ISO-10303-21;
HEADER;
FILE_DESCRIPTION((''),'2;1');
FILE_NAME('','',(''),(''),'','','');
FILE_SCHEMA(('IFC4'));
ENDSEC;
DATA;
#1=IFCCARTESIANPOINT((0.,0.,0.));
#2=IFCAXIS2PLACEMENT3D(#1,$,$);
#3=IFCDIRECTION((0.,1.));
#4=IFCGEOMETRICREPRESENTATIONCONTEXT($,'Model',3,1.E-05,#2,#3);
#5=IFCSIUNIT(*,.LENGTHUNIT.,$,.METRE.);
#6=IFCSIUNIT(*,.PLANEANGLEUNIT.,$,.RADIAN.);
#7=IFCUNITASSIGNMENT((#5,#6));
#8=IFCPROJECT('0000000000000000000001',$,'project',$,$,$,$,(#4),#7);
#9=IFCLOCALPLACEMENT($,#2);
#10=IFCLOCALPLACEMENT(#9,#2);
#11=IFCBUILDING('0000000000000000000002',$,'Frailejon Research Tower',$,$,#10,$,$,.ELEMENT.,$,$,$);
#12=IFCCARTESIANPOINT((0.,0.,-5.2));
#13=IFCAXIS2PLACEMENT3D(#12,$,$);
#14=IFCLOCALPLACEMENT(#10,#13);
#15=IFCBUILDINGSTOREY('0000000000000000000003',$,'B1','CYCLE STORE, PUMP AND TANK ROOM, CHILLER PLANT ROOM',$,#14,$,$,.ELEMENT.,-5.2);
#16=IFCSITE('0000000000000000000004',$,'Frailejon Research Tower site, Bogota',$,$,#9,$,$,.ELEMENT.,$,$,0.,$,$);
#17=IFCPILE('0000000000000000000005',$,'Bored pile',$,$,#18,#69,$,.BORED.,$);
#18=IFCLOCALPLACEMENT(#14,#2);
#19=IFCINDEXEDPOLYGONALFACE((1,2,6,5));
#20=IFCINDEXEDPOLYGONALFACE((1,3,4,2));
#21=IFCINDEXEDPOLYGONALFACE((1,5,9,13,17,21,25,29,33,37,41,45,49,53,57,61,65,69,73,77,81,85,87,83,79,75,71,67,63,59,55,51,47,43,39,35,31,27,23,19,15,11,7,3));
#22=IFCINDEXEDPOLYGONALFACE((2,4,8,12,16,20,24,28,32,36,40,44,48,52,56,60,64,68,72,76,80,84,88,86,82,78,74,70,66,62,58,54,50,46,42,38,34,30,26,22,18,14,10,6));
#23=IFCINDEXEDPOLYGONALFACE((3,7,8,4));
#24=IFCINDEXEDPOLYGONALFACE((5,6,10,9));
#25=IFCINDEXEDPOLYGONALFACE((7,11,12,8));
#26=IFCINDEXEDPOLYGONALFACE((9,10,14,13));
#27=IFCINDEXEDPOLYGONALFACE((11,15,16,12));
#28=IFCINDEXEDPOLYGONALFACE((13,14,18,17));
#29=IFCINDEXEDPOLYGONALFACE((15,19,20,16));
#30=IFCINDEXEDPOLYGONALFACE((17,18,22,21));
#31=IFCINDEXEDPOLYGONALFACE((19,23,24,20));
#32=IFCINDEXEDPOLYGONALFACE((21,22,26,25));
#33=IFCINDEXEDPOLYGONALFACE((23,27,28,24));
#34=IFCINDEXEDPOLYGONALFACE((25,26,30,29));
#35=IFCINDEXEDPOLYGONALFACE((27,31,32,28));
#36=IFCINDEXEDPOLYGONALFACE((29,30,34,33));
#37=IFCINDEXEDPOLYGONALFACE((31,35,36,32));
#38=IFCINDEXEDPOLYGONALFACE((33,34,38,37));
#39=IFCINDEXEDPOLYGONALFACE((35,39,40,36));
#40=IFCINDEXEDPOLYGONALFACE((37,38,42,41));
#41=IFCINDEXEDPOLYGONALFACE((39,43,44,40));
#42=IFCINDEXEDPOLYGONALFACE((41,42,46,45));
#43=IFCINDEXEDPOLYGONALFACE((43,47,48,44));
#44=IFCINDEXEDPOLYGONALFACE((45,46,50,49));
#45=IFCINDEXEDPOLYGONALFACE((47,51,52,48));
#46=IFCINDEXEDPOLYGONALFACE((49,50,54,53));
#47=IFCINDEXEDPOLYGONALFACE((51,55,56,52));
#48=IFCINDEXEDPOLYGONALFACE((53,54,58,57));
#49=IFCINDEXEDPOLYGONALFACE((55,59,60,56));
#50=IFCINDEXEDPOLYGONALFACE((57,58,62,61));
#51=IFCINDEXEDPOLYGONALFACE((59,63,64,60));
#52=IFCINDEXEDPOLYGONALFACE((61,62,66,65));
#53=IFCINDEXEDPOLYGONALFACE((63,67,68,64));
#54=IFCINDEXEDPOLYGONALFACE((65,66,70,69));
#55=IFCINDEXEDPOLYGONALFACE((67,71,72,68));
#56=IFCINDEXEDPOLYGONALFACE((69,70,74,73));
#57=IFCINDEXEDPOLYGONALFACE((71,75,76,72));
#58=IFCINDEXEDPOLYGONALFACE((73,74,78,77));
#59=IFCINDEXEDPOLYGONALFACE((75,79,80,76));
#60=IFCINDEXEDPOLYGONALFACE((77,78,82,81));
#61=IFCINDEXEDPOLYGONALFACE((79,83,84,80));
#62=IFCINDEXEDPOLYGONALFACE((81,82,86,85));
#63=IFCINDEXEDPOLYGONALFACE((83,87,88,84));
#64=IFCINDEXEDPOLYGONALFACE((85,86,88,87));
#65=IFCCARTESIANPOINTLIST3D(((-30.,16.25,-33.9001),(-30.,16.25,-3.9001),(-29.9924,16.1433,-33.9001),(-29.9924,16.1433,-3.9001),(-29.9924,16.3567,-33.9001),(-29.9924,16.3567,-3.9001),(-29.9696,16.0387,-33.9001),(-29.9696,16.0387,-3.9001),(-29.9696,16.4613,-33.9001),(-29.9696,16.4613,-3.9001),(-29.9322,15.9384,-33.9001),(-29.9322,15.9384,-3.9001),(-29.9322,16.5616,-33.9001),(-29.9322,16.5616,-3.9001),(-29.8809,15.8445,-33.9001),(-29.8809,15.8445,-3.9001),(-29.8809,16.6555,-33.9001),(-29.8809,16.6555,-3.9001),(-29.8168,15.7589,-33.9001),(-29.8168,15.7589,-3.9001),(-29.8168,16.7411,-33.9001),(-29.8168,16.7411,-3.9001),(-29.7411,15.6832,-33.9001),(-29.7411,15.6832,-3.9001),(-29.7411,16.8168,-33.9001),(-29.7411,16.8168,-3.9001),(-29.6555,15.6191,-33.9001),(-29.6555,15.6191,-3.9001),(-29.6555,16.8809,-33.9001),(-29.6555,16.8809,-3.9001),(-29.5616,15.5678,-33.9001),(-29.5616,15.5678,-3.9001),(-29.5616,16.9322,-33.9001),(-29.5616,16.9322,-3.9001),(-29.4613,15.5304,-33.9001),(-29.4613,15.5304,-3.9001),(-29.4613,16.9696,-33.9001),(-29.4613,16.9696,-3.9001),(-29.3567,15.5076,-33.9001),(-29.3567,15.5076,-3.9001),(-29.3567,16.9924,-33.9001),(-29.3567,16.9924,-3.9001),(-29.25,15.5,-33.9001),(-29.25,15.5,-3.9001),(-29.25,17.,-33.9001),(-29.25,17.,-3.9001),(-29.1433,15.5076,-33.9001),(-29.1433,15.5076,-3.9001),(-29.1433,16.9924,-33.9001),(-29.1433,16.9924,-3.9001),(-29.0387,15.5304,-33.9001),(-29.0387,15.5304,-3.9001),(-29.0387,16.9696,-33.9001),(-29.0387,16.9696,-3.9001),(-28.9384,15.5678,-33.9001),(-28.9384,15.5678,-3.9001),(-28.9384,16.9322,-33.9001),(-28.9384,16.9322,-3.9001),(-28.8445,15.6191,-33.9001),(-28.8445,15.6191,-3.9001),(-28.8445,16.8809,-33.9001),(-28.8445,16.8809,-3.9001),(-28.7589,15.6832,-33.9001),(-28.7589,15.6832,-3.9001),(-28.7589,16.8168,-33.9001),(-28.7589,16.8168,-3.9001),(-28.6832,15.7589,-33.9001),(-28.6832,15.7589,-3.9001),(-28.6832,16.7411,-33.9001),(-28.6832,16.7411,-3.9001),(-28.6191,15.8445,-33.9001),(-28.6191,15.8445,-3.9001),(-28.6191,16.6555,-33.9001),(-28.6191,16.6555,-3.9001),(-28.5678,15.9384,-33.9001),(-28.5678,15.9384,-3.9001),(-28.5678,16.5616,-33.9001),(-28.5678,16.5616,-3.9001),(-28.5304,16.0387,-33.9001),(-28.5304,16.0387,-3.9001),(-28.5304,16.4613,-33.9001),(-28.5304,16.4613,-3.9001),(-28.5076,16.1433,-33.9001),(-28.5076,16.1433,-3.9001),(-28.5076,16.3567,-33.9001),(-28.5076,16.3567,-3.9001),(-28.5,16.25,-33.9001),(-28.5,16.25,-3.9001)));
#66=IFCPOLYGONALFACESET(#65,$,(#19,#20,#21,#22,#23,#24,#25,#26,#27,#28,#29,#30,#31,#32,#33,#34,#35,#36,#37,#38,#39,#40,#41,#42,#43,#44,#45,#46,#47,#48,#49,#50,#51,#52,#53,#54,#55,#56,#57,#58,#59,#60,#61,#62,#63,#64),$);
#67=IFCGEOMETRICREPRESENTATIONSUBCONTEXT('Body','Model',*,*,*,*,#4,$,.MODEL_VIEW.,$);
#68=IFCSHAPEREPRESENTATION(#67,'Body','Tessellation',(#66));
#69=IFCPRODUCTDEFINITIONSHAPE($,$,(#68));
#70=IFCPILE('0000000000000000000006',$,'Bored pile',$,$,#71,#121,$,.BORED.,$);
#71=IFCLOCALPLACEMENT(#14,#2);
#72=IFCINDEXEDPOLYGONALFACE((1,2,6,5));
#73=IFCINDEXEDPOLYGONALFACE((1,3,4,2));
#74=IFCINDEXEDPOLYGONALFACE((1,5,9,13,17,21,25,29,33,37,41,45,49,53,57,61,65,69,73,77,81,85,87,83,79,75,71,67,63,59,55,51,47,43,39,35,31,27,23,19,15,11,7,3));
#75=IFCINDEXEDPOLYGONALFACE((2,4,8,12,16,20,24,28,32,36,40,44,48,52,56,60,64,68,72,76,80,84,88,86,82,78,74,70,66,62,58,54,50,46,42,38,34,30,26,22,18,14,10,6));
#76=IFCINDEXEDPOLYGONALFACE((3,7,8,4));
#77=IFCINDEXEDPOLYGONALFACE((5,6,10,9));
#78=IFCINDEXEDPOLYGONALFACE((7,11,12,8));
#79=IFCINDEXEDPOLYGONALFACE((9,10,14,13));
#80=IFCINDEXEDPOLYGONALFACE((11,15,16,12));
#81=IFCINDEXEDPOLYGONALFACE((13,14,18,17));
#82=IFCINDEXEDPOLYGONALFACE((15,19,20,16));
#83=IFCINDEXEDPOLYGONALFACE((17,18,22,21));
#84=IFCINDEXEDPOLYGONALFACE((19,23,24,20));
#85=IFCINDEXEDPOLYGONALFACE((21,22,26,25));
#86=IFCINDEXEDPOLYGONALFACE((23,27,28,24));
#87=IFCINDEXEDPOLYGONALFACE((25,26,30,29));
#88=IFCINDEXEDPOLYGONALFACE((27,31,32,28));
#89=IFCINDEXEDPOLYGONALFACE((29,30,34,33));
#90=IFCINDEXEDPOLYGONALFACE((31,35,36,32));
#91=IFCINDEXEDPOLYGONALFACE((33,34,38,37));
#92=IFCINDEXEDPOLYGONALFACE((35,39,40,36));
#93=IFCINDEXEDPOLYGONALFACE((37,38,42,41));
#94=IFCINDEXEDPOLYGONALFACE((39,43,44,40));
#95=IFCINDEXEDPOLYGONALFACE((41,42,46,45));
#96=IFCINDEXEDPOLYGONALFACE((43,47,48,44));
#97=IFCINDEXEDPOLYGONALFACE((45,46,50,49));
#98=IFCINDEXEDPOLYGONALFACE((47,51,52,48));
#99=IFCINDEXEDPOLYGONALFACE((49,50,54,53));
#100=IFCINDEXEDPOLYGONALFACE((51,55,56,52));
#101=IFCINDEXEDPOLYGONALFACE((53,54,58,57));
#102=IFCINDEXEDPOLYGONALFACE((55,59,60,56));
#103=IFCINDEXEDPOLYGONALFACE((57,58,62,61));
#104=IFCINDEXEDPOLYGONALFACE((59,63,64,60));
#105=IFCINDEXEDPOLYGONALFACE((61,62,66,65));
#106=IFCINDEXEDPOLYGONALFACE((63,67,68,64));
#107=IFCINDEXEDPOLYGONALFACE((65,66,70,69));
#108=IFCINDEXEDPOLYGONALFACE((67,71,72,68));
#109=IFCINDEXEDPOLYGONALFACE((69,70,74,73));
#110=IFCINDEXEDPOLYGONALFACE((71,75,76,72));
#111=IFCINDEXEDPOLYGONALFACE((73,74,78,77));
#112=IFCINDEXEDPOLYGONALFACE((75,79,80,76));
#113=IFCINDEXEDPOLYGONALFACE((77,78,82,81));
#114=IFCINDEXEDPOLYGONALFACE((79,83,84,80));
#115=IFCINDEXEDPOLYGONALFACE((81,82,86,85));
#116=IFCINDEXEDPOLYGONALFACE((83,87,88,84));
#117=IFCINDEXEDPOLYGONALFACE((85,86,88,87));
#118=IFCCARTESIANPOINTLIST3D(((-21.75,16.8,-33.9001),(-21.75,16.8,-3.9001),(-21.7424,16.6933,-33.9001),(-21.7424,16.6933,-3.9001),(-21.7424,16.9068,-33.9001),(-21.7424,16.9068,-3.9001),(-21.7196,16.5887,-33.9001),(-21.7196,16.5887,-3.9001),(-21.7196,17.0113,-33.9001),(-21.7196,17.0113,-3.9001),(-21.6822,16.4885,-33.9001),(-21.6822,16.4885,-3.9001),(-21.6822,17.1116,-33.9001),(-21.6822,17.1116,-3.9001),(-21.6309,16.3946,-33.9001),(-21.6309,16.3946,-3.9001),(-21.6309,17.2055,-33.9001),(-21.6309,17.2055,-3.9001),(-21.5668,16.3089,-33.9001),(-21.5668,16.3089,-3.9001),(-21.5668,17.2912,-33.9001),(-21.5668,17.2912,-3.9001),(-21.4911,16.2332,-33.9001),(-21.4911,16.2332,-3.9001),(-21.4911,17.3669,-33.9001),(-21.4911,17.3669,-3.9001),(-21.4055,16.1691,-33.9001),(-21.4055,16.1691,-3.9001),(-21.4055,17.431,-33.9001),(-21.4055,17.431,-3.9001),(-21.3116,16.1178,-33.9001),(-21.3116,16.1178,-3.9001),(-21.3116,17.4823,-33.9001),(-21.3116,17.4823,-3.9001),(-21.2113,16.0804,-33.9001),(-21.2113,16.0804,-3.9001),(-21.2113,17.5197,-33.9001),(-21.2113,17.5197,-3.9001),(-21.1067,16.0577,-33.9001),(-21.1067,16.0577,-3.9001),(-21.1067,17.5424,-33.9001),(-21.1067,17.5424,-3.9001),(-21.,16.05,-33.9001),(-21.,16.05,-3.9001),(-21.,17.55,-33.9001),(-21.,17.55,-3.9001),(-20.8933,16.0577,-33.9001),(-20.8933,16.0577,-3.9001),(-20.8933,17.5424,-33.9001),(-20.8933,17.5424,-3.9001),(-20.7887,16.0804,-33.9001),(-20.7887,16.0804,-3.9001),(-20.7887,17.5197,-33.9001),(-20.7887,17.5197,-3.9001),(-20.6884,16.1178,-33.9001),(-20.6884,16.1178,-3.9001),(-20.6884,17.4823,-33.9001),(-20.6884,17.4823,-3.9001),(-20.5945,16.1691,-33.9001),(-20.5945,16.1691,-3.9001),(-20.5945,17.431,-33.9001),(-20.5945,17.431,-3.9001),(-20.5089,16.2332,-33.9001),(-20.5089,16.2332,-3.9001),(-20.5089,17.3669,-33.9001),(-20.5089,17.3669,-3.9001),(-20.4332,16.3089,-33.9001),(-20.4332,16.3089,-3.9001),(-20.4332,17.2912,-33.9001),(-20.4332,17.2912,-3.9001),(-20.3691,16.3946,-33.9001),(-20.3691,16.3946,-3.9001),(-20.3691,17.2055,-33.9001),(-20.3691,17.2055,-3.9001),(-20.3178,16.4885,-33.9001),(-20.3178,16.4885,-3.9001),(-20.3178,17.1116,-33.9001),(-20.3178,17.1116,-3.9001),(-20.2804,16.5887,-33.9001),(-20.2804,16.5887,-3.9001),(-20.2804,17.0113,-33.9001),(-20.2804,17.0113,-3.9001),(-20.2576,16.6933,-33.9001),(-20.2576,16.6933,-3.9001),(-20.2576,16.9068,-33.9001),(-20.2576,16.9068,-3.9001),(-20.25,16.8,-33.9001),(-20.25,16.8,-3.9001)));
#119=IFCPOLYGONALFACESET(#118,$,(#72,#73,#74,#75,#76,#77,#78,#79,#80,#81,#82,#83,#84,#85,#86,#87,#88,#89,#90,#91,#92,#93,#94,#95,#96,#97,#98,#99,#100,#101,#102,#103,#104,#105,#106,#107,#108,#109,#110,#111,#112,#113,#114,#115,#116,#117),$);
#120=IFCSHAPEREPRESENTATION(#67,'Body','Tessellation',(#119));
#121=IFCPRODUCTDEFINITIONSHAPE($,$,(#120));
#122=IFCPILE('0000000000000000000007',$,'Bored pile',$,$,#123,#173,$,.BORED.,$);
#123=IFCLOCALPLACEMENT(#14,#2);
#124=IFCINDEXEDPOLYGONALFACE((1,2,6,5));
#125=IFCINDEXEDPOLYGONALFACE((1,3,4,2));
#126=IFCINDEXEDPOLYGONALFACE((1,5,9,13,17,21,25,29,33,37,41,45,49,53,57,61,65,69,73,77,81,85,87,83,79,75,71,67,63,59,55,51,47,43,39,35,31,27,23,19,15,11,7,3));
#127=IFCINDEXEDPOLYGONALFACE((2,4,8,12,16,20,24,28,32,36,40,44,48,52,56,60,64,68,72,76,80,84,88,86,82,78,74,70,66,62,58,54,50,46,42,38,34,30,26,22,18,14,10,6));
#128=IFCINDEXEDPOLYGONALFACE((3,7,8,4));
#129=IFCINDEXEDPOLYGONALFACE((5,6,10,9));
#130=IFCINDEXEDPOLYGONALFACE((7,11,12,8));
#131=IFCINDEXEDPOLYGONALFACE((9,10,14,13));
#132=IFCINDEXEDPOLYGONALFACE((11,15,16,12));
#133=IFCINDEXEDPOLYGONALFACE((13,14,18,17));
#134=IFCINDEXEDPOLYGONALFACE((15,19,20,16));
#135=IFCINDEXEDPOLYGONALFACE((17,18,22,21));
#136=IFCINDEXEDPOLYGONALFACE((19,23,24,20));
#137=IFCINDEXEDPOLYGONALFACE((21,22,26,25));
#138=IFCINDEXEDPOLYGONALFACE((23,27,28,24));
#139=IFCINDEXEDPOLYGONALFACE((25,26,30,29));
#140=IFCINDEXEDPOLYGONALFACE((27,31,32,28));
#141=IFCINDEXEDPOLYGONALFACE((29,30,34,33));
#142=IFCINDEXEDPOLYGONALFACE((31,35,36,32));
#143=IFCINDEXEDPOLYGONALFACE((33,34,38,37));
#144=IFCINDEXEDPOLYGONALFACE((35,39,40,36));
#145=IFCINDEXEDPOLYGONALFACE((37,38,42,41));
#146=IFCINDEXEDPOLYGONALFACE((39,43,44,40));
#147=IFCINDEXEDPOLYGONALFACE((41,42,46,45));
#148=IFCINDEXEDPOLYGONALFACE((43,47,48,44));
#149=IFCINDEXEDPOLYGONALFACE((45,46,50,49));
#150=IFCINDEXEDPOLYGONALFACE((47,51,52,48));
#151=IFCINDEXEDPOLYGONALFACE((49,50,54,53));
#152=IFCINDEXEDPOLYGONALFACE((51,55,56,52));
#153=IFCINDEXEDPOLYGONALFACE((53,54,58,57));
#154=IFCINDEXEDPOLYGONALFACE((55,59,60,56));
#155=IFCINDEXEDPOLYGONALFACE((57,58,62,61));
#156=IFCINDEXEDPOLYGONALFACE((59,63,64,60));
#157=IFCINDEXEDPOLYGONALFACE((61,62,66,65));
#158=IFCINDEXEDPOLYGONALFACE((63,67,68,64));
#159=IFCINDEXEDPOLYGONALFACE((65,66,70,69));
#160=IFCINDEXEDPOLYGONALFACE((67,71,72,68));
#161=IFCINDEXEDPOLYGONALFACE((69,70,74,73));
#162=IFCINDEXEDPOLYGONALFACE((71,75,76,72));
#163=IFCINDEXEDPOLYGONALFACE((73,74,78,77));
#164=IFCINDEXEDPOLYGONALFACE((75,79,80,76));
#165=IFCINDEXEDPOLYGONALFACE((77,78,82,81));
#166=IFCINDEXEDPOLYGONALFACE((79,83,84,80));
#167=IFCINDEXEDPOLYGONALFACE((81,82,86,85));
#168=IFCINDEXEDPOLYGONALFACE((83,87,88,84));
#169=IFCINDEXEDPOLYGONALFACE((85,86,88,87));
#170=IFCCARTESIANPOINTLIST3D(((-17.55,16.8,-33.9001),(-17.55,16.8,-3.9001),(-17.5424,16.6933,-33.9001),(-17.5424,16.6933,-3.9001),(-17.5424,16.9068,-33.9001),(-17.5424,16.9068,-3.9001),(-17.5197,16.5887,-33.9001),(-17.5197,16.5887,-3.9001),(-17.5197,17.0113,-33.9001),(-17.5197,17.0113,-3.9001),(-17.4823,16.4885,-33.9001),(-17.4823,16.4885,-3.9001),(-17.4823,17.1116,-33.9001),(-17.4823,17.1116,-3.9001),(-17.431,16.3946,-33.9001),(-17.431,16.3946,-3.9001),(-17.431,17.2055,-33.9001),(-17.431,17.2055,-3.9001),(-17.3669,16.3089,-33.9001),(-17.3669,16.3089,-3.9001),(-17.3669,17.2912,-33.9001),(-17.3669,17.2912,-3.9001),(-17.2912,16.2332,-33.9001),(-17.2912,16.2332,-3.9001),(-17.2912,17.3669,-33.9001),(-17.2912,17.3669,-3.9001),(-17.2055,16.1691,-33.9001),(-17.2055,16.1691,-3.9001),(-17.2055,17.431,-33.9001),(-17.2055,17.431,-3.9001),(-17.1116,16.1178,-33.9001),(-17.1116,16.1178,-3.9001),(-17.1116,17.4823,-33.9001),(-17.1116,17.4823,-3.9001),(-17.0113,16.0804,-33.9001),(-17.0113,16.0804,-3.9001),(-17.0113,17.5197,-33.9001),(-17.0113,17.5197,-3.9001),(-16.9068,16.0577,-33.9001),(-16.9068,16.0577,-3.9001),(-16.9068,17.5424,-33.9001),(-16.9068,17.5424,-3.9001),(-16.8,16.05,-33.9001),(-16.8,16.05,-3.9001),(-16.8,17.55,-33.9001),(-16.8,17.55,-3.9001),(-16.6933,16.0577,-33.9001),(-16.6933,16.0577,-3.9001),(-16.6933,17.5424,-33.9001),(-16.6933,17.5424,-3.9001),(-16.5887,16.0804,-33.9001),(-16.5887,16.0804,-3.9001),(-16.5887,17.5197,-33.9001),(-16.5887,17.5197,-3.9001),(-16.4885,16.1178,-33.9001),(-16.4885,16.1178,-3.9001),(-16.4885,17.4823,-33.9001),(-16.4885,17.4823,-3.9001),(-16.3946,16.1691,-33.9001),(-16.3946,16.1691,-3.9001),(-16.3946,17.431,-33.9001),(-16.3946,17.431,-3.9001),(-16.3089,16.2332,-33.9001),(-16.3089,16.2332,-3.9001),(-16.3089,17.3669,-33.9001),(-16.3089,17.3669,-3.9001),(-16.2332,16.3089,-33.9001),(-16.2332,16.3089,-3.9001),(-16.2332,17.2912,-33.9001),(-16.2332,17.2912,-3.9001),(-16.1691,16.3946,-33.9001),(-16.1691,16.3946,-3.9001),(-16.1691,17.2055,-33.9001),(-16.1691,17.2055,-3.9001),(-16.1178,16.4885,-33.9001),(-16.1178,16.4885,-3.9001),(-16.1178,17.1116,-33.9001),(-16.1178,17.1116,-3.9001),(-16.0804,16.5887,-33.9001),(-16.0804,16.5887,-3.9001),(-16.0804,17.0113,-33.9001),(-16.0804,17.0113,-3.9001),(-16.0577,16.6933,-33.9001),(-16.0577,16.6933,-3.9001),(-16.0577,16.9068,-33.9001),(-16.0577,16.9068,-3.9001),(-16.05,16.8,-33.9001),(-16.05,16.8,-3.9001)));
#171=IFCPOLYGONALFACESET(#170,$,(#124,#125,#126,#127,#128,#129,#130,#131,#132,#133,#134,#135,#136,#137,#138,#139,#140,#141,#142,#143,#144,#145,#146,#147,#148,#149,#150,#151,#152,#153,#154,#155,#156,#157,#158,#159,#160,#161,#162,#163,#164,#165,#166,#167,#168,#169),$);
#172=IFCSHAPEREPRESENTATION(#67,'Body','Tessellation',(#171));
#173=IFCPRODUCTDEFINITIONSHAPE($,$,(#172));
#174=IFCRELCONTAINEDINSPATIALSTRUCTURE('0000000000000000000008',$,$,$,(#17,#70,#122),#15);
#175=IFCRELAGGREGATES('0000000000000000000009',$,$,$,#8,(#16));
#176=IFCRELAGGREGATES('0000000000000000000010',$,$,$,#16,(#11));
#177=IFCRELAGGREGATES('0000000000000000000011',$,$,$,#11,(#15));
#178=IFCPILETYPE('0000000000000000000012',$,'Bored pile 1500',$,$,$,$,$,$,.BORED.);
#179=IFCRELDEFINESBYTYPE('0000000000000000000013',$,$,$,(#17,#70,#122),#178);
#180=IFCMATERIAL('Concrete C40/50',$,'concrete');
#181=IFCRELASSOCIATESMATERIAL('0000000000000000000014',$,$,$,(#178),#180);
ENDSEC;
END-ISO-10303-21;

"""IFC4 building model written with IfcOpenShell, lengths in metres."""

from ifc_helpers import new_model, si_unit, direction, frame, origin, origin_2d, place, context, subcontext, project, spatial, circle, extrude, material, material_profile, profile_set, type_object, element, save


model = new_model("IFC4")

# Units and contexts
model_context = context("Model", 3, precision=1e-05, world=origin(), true_north=direction((0.0, 1.0)))
body_context = subcontext(model_context, "Body", "Model", "MODEL_VIEW")
ifc_project = project(units=[si_unit("LENGTHUNIT", "METRE"), si_unit("PLANEANGLEUNIT", "RADIAN")], contexts=[model_context])

# Site, building, storey
site_placement = place(None, origin())
site = spatial("IfcSite", under=ifc_project, at=site_placement, Name="Frailejon Research Tower site, Bogota", CompositionType="ELEMENT", RefElevation=0.0)
building_placement = place(site_placement, origin())
building = spatial("IfcBuilding", under=site, at=building_placement, Name="Frailejon Research Tower", CompositionType="ELEMENT")
storey_placement = place(building_placement, frame((0.0, 0.0, -5.2)))
storey = spatial("IfcBuildingStorey", under=building, at=storey_placement, Name="B1", Description="CYCLE STORE, PUMP AND TANK ROOM, CHILLER PLANT ROOM", CompositionType="ELEMENT", Elevation=-5.2)

# Piles
ifc_material_1 = material(Name="Concrete C40/50", Category="concrete")
ifc_material_profile_1 = material_profile(ifc_material_1, circle(Radius=0.75, at=origin_2d()), Name="Bored pile 1500")
ifc_profile_set_1 = profile_set([ifc_material_profile_1], Name="Concrete C40/50")
pile_type = type_object("IfcPileType", Name="Bored pile 1500", PredefinedType="BORED", material=ifc_profile_set_1)
for number, where, z_axis, x_axis, name in (
    (1, (-29.25, 16.25, -3.9001), (0.0, 0.0, -1.0), (1.0, 0.0, 0.0), "Bored pile"),
    (2, (-21.0, 16.8, -3.9001), (0.0, 0.0, -1.0), (1.0, 0.0, 0.0), "Bored pile"),
    (3, (-16.8, 16.8, -3.9001), (0.0, 0.0, -1.0), (1.0, 0.0, 0.0), "Bored pile"),
):
    element("IfcPile", number, at=place(storey_placement, frame(where, z_axis=z_axis, x_axis=x_axis)), inside=storey, type_object=pile_type, Name=name, PredefinedType="BORED", context=body_context, shape_type="SweptSolid", body=[
        extrude(circle(Radius=0.75, at=origin_2d()), origin(), (0.0, 0.0, 1.0), 30.0),
    ])

save(model, "model.ifc")
